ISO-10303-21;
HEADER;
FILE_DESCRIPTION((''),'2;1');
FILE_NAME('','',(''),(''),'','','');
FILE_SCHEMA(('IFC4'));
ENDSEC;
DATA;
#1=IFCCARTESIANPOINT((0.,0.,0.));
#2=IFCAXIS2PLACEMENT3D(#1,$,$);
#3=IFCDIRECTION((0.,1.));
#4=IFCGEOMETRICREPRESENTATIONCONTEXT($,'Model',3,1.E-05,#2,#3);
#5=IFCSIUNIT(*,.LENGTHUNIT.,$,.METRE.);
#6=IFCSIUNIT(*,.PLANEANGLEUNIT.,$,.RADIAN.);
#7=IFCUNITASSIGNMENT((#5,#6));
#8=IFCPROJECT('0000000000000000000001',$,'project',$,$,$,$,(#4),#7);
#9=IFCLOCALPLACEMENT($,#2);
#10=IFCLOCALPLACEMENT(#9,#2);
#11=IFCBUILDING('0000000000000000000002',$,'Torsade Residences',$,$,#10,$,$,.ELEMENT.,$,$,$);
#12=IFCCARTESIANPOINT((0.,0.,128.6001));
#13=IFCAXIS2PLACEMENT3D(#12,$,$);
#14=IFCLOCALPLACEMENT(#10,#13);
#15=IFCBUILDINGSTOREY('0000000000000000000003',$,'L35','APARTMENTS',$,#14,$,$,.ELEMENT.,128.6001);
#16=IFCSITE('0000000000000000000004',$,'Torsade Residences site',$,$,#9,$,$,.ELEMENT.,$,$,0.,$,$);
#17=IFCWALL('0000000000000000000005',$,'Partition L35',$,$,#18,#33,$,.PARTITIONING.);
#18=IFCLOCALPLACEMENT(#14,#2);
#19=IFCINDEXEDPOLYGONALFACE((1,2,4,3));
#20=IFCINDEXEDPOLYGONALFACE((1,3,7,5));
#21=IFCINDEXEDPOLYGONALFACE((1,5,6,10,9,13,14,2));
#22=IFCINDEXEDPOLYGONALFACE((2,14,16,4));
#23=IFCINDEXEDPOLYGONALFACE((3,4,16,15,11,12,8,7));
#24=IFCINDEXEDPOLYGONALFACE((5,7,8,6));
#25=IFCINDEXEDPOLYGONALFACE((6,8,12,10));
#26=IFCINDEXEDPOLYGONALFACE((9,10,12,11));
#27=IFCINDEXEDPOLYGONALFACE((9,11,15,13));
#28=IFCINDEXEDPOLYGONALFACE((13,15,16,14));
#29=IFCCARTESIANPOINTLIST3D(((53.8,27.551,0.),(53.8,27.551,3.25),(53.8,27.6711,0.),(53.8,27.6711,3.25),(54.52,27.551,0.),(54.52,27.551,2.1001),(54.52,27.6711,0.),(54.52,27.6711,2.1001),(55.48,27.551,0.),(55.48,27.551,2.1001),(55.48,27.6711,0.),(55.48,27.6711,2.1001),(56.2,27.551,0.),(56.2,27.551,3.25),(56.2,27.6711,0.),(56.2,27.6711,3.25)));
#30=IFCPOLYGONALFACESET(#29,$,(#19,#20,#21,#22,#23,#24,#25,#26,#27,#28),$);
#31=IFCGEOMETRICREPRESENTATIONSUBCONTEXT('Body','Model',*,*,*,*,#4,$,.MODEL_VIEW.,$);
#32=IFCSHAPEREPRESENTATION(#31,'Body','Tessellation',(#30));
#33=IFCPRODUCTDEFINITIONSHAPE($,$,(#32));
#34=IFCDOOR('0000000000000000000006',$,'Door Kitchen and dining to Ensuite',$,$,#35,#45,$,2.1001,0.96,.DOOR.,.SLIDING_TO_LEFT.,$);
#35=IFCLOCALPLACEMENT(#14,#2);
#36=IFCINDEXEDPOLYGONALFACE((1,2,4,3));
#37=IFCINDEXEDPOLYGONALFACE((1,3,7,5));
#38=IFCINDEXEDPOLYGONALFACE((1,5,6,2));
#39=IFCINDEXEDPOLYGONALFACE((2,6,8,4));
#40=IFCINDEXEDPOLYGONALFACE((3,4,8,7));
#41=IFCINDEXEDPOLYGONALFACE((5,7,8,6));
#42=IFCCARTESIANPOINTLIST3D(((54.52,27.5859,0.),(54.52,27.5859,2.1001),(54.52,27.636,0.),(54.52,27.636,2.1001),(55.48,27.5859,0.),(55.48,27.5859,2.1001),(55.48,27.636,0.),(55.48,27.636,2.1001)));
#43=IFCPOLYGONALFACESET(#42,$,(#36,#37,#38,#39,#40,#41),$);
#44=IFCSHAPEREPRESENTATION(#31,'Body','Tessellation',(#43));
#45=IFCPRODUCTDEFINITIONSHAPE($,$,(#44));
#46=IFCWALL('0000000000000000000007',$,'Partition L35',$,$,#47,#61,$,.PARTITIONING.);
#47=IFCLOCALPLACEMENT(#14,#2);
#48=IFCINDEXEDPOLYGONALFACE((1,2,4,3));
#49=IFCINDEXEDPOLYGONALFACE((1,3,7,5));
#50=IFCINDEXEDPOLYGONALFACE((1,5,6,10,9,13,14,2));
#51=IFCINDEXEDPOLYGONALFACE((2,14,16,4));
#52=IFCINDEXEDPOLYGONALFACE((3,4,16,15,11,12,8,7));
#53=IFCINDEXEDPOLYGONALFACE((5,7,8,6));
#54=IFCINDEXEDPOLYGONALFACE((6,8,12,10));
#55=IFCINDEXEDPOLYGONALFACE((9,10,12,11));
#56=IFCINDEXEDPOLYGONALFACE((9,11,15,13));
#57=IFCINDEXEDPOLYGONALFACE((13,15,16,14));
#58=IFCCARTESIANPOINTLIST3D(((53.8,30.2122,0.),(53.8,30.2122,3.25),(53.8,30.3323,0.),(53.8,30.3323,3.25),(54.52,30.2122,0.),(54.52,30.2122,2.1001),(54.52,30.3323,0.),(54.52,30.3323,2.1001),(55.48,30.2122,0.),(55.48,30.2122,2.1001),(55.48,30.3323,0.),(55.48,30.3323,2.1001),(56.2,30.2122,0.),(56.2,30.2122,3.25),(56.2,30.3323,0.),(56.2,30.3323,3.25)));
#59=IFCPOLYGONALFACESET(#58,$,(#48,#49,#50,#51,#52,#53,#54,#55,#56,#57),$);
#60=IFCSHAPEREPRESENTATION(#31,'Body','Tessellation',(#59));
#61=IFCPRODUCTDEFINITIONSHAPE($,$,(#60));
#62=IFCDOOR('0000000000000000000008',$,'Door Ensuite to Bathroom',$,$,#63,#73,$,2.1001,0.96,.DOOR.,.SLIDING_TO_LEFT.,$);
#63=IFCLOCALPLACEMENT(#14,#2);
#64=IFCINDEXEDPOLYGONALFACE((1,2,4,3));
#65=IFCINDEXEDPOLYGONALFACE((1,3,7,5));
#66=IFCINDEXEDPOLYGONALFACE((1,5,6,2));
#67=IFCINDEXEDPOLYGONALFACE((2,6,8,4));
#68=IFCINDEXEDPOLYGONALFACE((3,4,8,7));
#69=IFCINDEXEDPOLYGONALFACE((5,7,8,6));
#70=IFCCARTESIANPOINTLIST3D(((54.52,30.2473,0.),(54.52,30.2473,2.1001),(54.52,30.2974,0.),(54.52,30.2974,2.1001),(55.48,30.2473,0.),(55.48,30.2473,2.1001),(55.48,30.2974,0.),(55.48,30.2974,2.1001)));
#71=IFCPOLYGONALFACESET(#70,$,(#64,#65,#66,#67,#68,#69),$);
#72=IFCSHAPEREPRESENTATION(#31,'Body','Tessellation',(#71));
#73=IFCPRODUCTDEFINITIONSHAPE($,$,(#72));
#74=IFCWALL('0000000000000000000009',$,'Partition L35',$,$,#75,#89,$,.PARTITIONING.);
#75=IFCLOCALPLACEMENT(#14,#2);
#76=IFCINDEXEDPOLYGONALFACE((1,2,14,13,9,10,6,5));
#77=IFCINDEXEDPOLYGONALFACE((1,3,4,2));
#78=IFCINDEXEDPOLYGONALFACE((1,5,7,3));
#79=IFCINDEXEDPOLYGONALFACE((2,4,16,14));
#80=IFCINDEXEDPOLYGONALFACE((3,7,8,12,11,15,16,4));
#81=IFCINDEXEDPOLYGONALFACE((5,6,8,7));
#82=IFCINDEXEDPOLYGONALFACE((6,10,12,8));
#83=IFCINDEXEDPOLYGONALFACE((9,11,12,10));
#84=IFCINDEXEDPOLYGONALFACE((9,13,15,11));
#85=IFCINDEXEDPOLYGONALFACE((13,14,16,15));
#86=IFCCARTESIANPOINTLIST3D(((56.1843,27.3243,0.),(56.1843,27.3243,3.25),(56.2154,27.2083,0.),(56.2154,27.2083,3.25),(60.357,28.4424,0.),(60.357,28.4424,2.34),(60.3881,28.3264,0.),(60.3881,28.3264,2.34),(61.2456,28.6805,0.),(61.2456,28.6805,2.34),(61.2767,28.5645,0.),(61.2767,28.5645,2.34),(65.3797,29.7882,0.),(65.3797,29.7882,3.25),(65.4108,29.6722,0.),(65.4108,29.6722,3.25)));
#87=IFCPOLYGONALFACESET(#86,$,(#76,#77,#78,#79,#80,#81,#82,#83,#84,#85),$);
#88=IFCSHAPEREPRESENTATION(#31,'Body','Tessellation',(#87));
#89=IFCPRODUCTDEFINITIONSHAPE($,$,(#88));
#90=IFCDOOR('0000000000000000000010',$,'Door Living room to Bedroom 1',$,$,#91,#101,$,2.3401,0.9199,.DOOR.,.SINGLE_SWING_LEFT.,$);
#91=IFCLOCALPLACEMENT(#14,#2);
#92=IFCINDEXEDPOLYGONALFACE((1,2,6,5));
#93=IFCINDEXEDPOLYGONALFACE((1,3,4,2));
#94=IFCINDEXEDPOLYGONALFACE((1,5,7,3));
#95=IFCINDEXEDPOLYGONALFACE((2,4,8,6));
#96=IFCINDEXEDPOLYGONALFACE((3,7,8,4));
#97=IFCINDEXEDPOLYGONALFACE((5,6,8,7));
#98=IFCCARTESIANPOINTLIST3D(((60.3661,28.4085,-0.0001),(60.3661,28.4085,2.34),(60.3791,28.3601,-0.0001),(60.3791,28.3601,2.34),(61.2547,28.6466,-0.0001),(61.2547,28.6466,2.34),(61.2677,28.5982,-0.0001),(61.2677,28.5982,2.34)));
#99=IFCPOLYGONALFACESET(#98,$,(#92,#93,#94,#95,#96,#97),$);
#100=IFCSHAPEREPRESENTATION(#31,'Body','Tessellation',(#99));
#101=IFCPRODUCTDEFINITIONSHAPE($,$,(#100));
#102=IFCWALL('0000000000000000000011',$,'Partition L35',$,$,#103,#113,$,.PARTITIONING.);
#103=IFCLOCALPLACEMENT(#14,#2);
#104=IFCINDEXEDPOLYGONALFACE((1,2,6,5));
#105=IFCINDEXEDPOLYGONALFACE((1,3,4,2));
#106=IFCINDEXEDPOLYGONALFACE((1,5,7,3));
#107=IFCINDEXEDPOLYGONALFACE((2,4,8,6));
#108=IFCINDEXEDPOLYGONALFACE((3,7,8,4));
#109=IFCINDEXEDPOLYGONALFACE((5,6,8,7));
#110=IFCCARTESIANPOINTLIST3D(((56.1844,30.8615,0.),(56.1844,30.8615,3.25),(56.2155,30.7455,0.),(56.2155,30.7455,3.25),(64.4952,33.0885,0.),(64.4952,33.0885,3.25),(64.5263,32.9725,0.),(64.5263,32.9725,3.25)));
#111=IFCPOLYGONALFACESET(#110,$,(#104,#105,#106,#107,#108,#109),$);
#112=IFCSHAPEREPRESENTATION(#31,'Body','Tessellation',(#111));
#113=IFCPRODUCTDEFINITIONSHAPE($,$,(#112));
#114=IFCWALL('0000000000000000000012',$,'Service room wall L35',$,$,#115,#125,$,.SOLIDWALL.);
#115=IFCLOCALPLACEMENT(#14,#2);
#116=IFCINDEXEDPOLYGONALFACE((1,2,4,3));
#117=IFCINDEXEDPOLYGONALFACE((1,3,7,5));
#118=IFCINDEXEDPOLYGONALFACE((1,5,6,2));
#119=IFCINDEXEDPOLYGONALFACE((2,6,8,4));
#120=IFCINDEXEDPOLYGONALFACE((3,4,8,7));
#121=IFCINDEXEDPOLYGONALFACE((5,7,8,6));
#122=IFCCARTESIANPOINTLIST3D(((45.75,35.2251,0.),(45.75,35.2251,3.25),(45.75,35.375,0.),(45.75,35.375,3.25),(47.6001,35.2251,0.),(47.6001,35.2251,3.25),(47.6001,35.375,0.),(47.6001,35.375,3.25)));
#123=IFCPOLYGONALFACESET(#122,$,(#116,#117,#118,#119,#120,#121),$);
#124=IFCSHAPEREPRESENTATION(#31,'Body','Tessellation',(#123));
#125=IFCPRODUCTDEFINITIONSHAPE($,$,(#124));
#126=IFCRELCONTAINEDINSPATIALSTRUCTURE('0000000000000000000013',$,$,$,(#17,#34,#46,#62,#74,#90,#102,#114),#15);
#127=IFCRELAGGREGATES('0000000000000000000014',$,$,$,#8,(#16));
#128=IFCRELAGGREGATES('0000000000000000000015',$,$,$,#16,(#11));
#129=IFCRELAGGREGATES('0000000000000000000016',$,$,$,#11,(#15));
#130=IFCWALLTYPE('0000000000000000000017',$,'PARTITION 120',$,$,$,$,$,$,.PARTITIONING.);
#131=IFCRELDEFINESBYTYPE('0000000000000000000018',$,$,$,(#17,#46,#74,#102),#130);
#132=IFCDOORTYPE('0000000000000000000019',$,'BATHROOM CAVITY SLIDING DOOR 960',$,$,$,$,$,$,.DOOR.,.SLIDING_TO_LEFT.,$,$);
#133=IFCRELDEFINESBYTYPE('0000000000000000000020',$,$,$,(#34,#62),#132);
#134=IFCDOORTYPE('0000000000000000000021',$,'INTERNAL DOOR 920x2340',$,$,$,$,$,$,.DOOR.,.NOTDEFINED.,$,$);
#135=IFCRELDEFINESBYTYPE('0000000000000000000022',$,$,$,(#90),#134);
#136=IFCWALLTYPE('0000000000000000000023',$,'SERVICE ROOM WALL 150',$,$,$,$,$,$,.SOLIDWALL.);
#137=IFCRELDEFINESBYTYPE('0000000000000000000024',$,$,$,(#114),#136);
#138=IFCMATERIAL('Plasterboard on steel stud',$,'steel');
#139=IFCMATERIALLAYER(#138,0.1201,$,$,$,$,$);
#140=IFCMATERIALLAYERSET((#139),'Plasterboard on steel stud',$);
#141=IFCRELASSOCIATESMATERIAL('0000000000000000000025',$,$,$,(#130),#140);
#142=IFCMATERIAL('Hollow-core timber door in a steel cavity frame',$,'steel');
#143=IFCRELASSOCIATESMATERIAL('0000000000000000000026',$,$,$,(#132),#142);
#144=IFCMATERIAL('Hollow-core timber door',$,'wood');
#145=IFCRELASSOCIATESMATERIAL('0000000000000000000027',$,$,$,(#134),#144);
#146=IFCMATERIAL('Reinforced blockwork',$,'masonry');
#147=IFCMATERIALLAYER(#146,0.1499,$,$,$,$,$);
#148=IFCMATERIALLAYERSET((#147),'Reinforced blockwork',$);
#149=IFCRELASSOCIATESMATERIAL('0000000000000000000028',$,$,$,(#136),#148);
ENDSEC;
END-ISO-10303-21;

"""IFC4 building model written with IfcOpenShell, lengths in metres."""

from ifc_helpers import new_model, si_unit, direction, frame, frame_2d, origin, place, context, subcontext, project, spatial, rectangle, extrude, material, layer, layer_set, type_object, element, fill, save


model = new_model("IFC4")

# Units and contexts
model_context = context("Model", 3, precision=1e-05, world=origin(), true_north=direction((0.0, 1.0)))
body_context = subcontext(model_context, "Body", "Model", "MODEL_VIEW")
ifc_project = project(units=[si_unit("LENGTHUNIT", "METRE"), si_unit("PLANEANGLEUNIT", "RADIAN")], contexts=[model_context])

# Site, building, storey
site_placement = place(None, origin())
site = spatial("IfcSite", under=ifc_project, at=site_placement, Name="Torsade Residences site", CompositionType="ELEMENT", RefElevation=0.0)
building_placement = place(site_placement, origin())
building = spatial("IfcBuilding", under=site, at=building_placement, Name="Torsade Residences", CompositionType="ELEMENT")
storey_placement = place(building_placement, frame((0.0, 0.0, 128.6001)))
storey = spatial("IfcBuildingStorey", under=building, at=storey_placement, Name="L35", Description="APARTMENTS", CompositionType="ELEMENT", Elevation=128.6001)

# Walls, openings, doors
ifc_material_1 = material(Name="Plasterboard on steel stud", Category="steel")
ifc_layer_1 = layer(ifc_material_1, 0.1201)
ifc_layer_set_1 = layer_set([ifc_layer_1], Name="Plasterboard on steel stud")
wall_type_1 = type_object("IfcWallType", Name="PARTITION 120", PredefinedType="PARTITIONING", material=ifc_layer_set_1)
wall_1_placement = place(storey_placement, frame((53.8, 27.6111, 0.0), z_axis=(0.0, 0.0, 1.0), x_axis=(1.0, 0.0, 0.0)))
wall_1 = element("IfcWall", 1, at=wall_1_placement, inside=storey, type_object=wall_type_1, Name="Partition L35", PredefinedType="PARTITIONING", context=body_context, shape_type="SweptSolid", body=[
    extrude(rectangle(XDim=2.3999, YDim=0.1201, at=frame_2d((1.2, 0.0))), origin(), (0.0, 0.0, 1.0), 3.25),
])
opening_1_placement = place(wall_1_placement, frame((0.72, 0.0, 0.0)))
opening_1 = element("IfcOpeningElement", 2, at=opening_1_placement, cuts=wall_1, PredefinedType="OPENING", context=body_context, shape_type="SweptSolid", body=[
    extrude(rectangle(XDim=0.96, YDim=2.1001, at=frame_2d((0.48, 1.05))), frame((0.0, 0.0701, 0.0), z_axis=(0.0, -1.0, 0.0), x_axis=(1.0, 0.0, 0.0)), (0.0, 0.0, 1.0), 0.1401),
])
ifc_material_2 = material(Name="Hollow-core timber door in a steel cavity frame", Category="steel")
door_type_1 = type_object("IfcDoorType", Name="BATHROOM CAVITY SLIDING DOOR 960", OperationType="SLIDING_TO_LEFT", PredefinedType="DOOR", material=ifc_material_2)
door_1_placement = place(opening_1_placement, origin())
door_1 = element("IfcDoor", 3, at=door_1_placement, inside=storey, type_object=door_type_1, Name="Door Kitchen and dining to Ensuite", OperationType="SLIDING_TO_LEFT", OverallHeight=2.1001, OverallWidth=0.96, PredefinedType="DOOR", context=body_context, shape_type="SweptSolid", body=[
    extrude(rectangle(XDim=0.96, YDim=2.1001, at=frame_2d((0.48, 1.05))), frame((0.0, 0.0249, 0.0), z_axis=(0.0, -1.0, 0.0), x_axis=(1.0, 0.0, 0.0)), (0.0, 0.0, 1.0), 0.05),
])
fill(opening_1, door_1)
wall_2_placement = place(storey_placement, frame((56.2, 30.2722, 0.0), z_axis=(0.0, 0.0, 1.0), x_axis=(-1.0, 0.0, 0.0)))
wall_2 = element("IfcWall", 4, at=wall_2_placement, inside=storey, type_object=wall_type_1, Name="Partition L35", PredefinedType="PARTITIONING", context=body_context, shape_type="SweptSolid", body=[
    extrude(rectangle(XDim=2.3999, YDim=0.1201, at=frame_2d((1.2, 0.0))), origin(), (0.0, 0.0, 1.0), 3.25),
])
opening_2_placement = place(wall_2_placement, frame((0.72, 0.0, 0.0)))
opening_2 = element("IfcOpeningElement", 5, at=opening_2_placement, cuts=wall_2, PredefinedType="OPENING", context=body_context, shape_type="SweptSolid", body=[
    extrude(rectangle(XDim=0.96, YDim=2.1001, at=frame_2d((0.48, 1.05))), frame((0.0, 0.0701, 0.0), z_axis=(0.0, -1.0, 0.0), x_axis=(1.0, 0.0, 0.0)), (0.0, 0.0, 1.0), 0.1401),
])
door_2_placement = place(opening_2_placement, origin())
door_2 = element("IfcDoor", 6, at=door_2_placement, inside=storey, type_object=door_type_1, Name="Door Ensuite to Bathroom", OperationType="SLIDING_TO_LEFT", OverallHeight=2.1001, OverallWidth=0.96, PredefinedType="DOOR", context=body_context, shape_type="SweptSolid", body=[
    extrude(rectangle(XDim=0.96, YDim=2.1001, at=frame_2d((0.48, 1.05))), frame((0.0, 0.0249, 0.0), z_axis=(0.0, -1.0, 0.0), x_axis=(1.0, 0.0, 0.0)), (0.0, 0.0, 1.0), 0.05),
])
fill(opening_2, door_2)
wall_3_placement = place(storey_placement, frame((56.2, 27.2664, 0.0), z_axis=(0.0, 0.0, 1.0), x_axis=(0.965926, 0.258818, 0.0)))
wall_3 = element("IfcWall", 7, at=wall_3_placement, inside=storey, type_object=wall_type_1, Name="Partition L35", PredefinedType="PARTITIONING", context=body_context, shape_type="SweptSolid", body=[
    extrude(rectangle(XDim=9.5198, YDim=0.1201, at=frame_2d((4.7598, 0.0))), origin(), (0.0, 0.0, 1.0), 3.25),
])
opening_3_placement = place(wall_3_placement, frame((4.3198, 0.0, 0.0)))
opening_3 = element("IfcOpeningElement", 8, at=opening_3_placement, cuts=wall_3, PredefinedType="OPENING", context=body_context, shape_type="SweptSolid", body=[
    extrude(rectangle(XDim=0.9199, YDim=2.3401, at=frame_2d((0.46, 1.1699))), frame((0.0, 0.0701, 0.0), z_axis=(0.0, -1.0, 0.0), x_axis=(1.0, 0.0, 0.0)), (0.0, 0.0, 1.0), 0.1401),
])
ifc_material_3 = material(Name="Hollow-core timber door", Category="wood")
door_type_2 = type_object("IfcDoorType", Name="INTERNAL DOOR 920x2340", OperationType="NOTDEFINED", PredefinedType="DOOR", material=ifc_material_3)
door_3_placement = place(opening_3_placement, origin())
door_3 = element("IfcDoor", 9, at=door_3_placement, inside=storey, type_object=door_type_2, Name="Door Living room to Bedroom 1", OperationType="SINGLE_SWING_LEFT", OverallHeight=2.3401, OverallWidth=0.9199, PredefinedType="DOOR", context=body_context, shape_type="SweptSolid", body=[
    extrude(rectangle(XDim=0.9199, YDim=2.3401, at=frame_2d((0.46, 1.1699))), frame((0.0, 0.0249, 0.0), z_axis=(0.0, -1.0, 0.0), x_axis=(1.0, 0.0, 0.0)), (0.0, 0.0, 1.0), 0.05),
])
fill(opening_3, door_3)

# Walls
wall_4_placement = place(storey_placement, frame((56.2, 30.8035, 0.0), z_axis=(0.0, 0.0, 1.0), x_axis=(0.965921, 0.258839, 0.0)))
element("IfcWall", 10, at=wall_4_placement, inside=storey, type_object=wall_type_1, Name="Partition L35", PredefinedType="PARTITIONING", context=body_context, shape_type="SweptSolid", body=[
    extrude(rectangle(XDim=8.604, YDim=0.1201, at=frame_2d((4.302, 0.0))), origin(), (0.0, 0.0, 1.0), 3.25),
])
ifc_material_4 = material(Name="Reinforced blockwork", Category="masonry")
ifc_layer_2 = layer(ifc_material_4, 0.1499)
ifc_layer_set_2 = layer_set([ifc_layer_2], Name="Reinforced blockwork")
wall_type_2 = type_object("IfcWallType", Name="SERVICE ROOM WALL 150", PredefinedType="SOLIDWALL", material=ifc_layer_set_2)
wall_5_placement = place(storey_placement, frame((47.6001, 35.3, 0.0), z_axis=(0.0, 0.0, 1.0), x_axis=(-1.0, 0.0, 0.0)))
element("IfcWall", 11, at=wall_5_placement, inside=storey, type_object=wall_type_2, Name="Service room wall L35", PredefinedType="SOLIDWALL", context=body_context, shape_type="SweptSolid", body=[
    extrude(rectangle(XDim=1.8501, YDim=0.1499, at=frame_2d((0.925, 0.0))), origin(), (0.0, 0.0, 1.0), 3.25),
])

save(model, "model.ifc")
